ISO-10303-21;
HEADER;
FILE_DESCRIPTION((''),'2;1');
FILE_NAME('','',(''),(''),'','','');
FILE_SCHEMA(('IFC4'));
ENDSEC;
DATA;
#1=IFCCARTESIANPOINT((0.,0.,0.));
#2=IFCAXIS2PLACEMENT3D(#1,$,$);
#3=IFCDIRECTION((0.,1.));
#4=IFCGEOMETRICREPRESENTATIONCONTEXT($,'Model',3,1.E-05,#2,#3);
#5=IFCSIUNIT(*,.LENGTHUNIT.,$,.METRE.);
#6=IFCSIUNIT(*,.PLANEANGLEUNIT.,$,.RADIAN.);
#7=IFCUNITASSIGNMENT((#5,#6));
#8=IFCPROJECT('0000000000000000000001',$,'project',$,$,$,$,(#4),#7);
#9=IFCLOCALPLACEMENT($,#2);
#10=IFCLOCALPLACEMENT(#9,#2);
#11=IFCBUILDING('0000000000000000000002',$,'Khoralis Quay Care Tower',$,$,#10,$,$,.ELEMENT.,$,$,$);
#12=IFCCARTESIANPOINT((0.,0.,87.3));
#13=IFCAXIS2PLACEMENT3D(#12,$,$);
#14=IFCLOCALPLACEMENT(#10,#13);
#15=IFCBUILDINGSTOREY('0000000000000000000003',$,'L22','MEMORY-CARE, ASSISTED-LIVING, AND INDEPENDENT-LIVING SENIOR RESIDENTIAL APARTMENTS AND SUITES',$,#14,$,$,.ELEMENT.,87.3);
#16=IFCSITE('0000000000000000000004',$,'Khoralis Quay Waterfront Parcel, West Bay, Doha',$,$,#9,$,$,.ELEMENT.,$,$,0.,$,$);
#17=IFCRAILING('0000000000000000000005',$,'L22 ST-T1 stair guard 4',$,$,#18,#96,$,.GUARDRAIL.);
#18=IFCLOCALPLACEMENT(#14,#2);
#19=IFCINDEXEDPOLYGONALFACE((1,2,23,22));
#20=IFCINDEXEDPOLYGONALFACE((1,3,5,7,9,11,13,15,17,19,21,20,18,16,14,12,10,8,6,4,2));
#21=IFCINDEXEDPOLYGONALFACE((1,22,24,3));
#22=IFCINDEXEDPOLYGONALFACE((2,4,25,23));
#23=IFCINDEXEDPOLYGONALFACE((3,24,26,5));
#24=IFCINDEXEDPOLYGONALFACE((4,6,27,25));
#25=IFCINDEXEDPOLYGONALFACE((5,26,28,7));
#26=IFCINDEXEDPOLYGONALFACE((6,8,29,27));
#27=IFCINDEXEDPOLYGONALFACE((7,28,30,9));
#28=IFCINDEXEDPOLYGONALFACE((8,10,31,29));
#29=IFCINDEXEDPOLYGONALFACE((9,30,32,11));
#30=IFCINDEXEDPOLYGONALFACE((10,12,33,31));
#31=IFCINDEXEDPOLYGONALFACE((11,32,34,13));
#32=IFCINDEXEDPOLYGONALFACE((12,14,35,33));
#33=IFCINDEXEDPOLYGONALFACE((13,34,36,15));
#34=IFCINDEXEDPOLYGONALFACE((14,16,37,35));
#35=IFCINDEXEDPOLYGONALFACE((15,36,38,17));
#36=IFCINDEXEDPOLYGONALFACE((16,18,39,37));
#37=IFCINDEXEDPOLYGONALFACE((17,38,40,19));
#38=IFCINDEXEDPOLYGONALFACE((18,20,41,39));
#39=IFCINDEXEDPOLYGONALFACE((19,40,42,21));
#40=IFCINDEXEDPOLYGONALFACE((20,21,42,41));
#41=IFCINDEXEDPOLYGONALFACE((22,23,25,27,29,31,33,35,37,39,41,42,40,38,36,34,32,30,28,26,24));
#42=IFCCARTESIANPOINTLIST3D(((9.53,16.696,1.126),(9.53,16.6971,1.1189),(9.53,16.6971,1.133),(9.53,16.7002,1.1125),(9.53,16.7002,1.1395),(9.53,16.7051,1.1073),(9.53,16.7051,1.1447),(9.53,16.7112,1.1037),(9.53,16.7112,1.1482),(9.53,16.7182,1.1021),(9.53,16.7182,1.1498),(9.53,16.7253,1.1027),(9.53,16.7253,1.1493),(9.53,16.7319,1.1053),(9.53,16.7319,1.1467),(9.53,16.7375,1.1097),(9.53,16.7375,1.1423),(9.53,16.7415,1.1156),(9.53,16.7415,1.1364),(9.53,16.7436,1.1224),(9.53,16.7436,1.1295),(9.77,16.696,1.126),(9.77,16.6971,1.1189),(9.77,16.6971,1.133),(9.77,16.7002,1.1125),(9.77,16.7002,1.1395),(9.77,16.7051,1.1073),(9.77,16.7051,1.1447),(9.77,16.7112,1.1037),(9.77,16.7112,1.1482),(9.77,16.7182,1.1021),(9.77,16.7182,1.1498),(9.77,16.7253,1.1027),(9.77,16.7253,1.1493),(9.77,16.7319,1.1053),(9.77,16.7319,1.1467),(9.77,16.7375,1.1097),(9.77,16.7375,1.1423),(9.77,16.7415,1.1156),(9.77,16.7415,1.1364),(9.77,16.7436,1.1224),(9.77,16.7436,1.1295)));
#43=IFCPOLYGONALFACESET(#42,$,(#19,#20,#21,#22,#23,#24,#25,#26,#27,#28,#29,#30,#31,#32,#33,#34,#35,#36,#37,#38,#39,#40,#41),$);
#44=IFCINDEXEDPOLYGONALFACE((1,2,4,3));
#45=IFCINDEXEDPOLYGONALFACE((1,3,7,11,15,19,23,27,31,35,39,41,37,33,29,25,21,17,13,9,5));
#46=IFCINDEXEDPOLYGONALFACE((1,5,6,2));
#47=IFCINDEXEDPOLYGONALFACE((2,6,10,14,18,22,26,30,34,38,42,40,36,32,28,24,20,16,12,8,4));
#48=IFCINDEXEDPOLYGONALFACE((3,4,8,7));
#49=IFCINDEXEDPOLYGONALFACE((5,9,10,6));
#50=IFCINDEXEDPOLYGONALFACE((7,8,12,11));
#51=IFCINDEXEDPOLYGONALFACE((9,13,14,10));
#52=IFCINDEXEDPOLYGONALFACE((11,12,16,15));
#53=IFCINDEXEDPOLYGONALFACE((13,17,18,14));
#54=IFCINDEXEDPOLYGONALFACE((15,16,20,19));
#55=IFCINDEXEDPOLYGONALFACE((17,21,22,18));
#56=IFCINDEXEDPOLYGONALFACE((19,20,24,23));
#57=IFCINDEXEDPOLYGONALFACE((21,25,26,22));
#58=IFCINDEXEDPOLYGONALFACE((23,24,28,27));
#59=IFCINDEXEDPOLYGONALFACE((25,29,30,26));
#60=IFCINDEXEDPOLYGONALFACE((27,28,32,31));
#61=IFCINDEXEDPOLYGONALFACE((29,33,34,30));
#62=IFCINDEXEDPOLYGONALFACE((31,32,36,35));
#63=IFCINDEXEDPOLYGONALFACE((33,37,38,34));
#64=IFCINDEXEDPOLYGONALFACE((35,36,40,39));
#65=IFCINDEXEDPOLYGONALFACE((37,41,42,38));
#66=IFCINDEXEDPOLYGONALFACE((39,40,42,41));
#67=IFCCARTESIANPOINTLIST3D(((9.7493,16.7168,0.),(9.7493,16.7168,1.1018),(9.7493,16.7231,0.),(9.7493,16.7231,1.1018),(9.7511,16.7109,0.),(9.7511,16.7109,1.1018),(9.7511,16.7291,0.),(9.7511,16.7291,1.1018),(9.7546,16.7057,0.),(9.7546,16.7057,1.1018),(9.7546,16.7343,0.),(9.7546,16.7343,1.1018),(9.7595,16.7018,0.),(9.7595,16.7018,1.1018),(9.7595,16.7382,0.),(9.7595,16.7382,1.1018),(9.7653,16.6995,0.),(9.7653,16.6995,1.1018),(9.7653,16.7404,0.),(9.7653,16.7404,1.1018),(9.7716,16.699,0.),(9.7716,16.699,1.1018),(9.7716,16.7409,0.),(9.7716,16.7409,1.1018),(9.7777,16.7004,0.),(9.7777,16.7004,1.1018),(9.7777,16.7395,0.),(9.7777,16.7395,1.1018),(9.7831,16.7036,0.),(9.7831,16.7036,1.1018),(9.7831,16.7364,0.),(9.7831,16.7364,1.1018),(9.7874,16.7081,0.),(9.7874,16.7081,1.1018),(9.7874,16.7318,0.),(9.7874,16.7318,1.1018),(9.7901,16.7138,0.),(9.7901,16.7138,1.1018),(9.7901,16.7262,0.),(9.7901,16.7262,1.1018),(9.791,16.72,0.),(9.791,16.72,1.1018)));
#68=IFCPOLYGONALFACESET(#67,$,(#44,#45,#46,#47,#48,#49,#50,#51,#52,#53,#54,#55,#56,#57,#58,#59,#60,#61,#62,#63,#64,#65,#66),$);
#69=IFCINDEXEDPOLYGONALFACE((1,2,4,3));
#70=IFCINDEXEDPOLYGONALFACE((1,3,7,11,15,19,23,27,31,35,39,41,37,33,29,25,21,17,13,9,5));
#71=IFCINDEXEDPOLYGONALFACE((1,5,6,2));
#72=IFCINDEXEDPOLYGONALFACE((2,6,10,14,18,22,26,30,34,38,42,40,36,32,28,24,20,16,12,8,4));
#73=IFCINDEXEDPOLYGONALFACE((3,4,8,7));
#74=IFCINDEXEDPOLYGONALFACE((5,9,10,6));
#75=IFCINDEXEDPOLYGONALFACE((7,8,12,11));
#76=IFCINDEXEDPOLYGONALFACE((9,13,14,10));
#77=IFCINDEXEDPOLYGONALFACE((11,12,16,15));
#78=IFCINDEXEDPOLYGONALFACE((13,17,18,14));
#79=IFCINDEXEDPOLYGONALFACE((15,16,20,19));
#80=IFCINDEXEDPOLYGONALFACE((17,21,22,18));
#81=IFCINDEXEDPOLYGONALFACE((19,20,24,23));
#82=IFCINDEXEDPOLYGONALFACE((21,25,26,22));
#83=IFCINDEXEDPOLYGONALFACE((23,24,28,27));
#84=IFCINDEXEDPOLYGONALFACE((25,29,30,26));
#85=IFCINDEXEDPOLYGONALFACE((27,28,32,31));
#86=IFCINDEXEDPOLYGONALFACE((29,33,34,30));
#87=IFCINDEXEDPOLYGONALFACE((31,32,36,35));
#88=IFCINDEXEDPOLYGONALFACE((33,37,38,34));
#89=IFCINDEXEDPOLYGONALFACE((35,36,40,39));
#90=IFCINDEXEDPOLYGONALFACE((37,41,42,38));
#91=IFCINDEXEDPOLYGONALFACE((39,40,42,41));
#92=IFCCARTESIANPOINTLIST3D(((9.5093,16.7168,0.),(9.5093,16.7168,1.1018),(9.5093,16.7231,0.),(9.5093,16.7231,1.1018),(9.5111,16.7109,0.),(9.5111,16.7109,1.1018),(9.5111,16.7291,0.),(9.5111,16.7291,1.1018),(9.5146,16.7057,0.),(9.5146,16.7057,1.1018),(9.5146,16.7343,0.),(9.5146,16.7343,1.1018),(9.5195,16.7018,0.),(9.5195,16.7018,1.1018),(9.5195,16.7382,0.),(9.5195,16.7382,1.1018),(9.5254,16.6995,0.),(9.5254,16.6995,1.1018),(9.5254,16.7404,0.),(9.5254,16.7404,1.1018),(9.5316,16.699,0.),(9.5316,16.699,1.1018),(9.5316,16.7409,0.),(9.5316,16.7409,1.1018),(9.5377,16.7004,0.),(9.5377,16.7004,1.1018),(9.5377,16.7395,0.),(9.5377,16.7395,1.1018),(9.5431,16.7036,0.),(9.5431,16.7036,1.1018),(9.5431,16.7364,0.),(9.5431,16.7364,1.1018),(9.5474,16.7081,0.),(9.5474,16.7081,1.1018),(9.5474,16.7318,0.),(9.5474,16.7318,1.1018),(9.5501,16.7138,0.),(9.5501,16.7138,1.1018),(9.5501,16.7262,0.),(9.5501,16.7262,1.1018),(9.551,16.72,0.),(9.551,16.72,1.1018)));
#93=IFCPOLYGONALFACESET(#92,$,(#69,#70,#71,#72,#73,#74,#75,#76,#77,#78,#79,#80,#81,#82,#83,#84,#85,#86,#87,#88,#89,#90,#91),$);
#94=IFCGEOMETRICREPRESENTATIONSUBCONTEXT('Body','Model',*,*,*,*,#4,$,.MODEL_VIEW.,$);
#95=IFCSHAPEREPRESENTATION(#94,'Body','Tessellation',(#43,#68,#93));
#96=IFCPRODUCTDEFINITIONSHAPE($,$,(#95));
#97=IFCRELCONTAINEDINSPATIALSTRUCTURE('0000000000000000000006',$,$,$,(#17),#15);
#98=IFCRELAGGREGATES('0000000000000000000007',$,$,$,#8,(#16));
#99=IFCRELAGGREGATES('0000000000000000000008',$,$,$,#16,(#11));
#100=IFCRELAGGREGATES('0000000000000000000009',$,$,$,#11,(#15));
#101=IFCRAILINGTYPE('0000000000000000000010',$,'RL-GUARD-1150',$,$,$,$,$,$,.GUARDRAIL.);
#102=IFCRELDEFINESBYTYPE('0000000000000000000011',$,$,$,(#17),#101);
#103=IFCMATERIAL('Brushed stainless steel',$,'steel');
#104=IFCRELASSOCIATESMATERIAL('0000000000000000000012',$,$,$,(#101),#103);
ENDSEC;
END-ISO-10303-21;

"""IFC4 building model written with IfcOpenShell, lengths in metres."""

from ifc_helpers import new_model, si_unit, direction, frame, origin, origin_2d, place, context, subcontext, project, spatial, circle, extrude, material, type_object, element, save


model = new_model("IFC4")

# Units and contexts
model_context = context("Model", 3, precision=1e-05, world=origin(), true_north=direction((0.0, 1.0)))
body_context = subcontext(model_context, "Body", "Model", "MODEL_VIEW")
ifc_project = project(units=[si_unit("LENGTHUNIT", "METRE"), si_unit("PLANEANGLEUNIT", "RADIAN")], contexts=[model_context])

# Site, building, storey
site_placement = place(None, origin())
site = spatial("IfcSite", under=ifc_project, at=site_placement, Name="Khoralis Quay Waterfront Parcel, West Bay, Doha", CompositionType="ELEMENT", RefElevation=0.0)
building_placement = place(site_placement, origin())
building = spatial("IfcBuilding", under=site, at=building_placement, Name="Khoralis Quay Care Tower", CompositionType="ELEMENT")
storey_placement = place(building_placement, frame((0.0, 0.0, 87.3)))
storey = spatial("IfcBuildingStorey", under=building, at=storey_placement, Name="L22", Description="MEMORY-CARE, ASSISTED-LIVING, AND INDEPENDENT-LIVING SENIOR RESIDENTIAL APARTMENTS AND SUITES", CompositionType="ELEMENT", Elevation=87.3)

# Shared definitions
ifc_material_1 = material(Name="Brushed stainless steel", Category="steel")

# Railing
railing_type_1 = type_object("IfcRailingType", Name="RL-GUARD-1150", PredefinedType="GUARDRAIL", material=ifc_material_1)
railing_1_placement = place(storey_placement, frame((9.77, 16.72, 0.0)))
element("IfcRailing", 1, at=railing_1_placement, inside=storey, type_object=railing_type_1, Name="L22 ST-T1 stair guard 4", PredefinedType="GUARDRAIL", context=body_context, shape_type="SweptSolid", body=[
    extrude(circle(Radius=0.0239, at=origin_2d()), frame((0.0, 0.0, 1.126), z_axis=(-1.0, 0.0, 0.0), x_axis=(0.0, -1.0, 0.0)), (0.0, 0.0, 1.0), 0.24),
    extrude(circle(Radius=0.021, at=origin_2d()), origin(), (0.0, 0.0, 1.0), 1.1018),
    extrude(circle(Radius=0.021, at=origin_2d()), frame((-0.24, 0.0, 0.0)), (0.0, 0.0, 1.0), 1.1018),
])

save(model, "model.ifc")
